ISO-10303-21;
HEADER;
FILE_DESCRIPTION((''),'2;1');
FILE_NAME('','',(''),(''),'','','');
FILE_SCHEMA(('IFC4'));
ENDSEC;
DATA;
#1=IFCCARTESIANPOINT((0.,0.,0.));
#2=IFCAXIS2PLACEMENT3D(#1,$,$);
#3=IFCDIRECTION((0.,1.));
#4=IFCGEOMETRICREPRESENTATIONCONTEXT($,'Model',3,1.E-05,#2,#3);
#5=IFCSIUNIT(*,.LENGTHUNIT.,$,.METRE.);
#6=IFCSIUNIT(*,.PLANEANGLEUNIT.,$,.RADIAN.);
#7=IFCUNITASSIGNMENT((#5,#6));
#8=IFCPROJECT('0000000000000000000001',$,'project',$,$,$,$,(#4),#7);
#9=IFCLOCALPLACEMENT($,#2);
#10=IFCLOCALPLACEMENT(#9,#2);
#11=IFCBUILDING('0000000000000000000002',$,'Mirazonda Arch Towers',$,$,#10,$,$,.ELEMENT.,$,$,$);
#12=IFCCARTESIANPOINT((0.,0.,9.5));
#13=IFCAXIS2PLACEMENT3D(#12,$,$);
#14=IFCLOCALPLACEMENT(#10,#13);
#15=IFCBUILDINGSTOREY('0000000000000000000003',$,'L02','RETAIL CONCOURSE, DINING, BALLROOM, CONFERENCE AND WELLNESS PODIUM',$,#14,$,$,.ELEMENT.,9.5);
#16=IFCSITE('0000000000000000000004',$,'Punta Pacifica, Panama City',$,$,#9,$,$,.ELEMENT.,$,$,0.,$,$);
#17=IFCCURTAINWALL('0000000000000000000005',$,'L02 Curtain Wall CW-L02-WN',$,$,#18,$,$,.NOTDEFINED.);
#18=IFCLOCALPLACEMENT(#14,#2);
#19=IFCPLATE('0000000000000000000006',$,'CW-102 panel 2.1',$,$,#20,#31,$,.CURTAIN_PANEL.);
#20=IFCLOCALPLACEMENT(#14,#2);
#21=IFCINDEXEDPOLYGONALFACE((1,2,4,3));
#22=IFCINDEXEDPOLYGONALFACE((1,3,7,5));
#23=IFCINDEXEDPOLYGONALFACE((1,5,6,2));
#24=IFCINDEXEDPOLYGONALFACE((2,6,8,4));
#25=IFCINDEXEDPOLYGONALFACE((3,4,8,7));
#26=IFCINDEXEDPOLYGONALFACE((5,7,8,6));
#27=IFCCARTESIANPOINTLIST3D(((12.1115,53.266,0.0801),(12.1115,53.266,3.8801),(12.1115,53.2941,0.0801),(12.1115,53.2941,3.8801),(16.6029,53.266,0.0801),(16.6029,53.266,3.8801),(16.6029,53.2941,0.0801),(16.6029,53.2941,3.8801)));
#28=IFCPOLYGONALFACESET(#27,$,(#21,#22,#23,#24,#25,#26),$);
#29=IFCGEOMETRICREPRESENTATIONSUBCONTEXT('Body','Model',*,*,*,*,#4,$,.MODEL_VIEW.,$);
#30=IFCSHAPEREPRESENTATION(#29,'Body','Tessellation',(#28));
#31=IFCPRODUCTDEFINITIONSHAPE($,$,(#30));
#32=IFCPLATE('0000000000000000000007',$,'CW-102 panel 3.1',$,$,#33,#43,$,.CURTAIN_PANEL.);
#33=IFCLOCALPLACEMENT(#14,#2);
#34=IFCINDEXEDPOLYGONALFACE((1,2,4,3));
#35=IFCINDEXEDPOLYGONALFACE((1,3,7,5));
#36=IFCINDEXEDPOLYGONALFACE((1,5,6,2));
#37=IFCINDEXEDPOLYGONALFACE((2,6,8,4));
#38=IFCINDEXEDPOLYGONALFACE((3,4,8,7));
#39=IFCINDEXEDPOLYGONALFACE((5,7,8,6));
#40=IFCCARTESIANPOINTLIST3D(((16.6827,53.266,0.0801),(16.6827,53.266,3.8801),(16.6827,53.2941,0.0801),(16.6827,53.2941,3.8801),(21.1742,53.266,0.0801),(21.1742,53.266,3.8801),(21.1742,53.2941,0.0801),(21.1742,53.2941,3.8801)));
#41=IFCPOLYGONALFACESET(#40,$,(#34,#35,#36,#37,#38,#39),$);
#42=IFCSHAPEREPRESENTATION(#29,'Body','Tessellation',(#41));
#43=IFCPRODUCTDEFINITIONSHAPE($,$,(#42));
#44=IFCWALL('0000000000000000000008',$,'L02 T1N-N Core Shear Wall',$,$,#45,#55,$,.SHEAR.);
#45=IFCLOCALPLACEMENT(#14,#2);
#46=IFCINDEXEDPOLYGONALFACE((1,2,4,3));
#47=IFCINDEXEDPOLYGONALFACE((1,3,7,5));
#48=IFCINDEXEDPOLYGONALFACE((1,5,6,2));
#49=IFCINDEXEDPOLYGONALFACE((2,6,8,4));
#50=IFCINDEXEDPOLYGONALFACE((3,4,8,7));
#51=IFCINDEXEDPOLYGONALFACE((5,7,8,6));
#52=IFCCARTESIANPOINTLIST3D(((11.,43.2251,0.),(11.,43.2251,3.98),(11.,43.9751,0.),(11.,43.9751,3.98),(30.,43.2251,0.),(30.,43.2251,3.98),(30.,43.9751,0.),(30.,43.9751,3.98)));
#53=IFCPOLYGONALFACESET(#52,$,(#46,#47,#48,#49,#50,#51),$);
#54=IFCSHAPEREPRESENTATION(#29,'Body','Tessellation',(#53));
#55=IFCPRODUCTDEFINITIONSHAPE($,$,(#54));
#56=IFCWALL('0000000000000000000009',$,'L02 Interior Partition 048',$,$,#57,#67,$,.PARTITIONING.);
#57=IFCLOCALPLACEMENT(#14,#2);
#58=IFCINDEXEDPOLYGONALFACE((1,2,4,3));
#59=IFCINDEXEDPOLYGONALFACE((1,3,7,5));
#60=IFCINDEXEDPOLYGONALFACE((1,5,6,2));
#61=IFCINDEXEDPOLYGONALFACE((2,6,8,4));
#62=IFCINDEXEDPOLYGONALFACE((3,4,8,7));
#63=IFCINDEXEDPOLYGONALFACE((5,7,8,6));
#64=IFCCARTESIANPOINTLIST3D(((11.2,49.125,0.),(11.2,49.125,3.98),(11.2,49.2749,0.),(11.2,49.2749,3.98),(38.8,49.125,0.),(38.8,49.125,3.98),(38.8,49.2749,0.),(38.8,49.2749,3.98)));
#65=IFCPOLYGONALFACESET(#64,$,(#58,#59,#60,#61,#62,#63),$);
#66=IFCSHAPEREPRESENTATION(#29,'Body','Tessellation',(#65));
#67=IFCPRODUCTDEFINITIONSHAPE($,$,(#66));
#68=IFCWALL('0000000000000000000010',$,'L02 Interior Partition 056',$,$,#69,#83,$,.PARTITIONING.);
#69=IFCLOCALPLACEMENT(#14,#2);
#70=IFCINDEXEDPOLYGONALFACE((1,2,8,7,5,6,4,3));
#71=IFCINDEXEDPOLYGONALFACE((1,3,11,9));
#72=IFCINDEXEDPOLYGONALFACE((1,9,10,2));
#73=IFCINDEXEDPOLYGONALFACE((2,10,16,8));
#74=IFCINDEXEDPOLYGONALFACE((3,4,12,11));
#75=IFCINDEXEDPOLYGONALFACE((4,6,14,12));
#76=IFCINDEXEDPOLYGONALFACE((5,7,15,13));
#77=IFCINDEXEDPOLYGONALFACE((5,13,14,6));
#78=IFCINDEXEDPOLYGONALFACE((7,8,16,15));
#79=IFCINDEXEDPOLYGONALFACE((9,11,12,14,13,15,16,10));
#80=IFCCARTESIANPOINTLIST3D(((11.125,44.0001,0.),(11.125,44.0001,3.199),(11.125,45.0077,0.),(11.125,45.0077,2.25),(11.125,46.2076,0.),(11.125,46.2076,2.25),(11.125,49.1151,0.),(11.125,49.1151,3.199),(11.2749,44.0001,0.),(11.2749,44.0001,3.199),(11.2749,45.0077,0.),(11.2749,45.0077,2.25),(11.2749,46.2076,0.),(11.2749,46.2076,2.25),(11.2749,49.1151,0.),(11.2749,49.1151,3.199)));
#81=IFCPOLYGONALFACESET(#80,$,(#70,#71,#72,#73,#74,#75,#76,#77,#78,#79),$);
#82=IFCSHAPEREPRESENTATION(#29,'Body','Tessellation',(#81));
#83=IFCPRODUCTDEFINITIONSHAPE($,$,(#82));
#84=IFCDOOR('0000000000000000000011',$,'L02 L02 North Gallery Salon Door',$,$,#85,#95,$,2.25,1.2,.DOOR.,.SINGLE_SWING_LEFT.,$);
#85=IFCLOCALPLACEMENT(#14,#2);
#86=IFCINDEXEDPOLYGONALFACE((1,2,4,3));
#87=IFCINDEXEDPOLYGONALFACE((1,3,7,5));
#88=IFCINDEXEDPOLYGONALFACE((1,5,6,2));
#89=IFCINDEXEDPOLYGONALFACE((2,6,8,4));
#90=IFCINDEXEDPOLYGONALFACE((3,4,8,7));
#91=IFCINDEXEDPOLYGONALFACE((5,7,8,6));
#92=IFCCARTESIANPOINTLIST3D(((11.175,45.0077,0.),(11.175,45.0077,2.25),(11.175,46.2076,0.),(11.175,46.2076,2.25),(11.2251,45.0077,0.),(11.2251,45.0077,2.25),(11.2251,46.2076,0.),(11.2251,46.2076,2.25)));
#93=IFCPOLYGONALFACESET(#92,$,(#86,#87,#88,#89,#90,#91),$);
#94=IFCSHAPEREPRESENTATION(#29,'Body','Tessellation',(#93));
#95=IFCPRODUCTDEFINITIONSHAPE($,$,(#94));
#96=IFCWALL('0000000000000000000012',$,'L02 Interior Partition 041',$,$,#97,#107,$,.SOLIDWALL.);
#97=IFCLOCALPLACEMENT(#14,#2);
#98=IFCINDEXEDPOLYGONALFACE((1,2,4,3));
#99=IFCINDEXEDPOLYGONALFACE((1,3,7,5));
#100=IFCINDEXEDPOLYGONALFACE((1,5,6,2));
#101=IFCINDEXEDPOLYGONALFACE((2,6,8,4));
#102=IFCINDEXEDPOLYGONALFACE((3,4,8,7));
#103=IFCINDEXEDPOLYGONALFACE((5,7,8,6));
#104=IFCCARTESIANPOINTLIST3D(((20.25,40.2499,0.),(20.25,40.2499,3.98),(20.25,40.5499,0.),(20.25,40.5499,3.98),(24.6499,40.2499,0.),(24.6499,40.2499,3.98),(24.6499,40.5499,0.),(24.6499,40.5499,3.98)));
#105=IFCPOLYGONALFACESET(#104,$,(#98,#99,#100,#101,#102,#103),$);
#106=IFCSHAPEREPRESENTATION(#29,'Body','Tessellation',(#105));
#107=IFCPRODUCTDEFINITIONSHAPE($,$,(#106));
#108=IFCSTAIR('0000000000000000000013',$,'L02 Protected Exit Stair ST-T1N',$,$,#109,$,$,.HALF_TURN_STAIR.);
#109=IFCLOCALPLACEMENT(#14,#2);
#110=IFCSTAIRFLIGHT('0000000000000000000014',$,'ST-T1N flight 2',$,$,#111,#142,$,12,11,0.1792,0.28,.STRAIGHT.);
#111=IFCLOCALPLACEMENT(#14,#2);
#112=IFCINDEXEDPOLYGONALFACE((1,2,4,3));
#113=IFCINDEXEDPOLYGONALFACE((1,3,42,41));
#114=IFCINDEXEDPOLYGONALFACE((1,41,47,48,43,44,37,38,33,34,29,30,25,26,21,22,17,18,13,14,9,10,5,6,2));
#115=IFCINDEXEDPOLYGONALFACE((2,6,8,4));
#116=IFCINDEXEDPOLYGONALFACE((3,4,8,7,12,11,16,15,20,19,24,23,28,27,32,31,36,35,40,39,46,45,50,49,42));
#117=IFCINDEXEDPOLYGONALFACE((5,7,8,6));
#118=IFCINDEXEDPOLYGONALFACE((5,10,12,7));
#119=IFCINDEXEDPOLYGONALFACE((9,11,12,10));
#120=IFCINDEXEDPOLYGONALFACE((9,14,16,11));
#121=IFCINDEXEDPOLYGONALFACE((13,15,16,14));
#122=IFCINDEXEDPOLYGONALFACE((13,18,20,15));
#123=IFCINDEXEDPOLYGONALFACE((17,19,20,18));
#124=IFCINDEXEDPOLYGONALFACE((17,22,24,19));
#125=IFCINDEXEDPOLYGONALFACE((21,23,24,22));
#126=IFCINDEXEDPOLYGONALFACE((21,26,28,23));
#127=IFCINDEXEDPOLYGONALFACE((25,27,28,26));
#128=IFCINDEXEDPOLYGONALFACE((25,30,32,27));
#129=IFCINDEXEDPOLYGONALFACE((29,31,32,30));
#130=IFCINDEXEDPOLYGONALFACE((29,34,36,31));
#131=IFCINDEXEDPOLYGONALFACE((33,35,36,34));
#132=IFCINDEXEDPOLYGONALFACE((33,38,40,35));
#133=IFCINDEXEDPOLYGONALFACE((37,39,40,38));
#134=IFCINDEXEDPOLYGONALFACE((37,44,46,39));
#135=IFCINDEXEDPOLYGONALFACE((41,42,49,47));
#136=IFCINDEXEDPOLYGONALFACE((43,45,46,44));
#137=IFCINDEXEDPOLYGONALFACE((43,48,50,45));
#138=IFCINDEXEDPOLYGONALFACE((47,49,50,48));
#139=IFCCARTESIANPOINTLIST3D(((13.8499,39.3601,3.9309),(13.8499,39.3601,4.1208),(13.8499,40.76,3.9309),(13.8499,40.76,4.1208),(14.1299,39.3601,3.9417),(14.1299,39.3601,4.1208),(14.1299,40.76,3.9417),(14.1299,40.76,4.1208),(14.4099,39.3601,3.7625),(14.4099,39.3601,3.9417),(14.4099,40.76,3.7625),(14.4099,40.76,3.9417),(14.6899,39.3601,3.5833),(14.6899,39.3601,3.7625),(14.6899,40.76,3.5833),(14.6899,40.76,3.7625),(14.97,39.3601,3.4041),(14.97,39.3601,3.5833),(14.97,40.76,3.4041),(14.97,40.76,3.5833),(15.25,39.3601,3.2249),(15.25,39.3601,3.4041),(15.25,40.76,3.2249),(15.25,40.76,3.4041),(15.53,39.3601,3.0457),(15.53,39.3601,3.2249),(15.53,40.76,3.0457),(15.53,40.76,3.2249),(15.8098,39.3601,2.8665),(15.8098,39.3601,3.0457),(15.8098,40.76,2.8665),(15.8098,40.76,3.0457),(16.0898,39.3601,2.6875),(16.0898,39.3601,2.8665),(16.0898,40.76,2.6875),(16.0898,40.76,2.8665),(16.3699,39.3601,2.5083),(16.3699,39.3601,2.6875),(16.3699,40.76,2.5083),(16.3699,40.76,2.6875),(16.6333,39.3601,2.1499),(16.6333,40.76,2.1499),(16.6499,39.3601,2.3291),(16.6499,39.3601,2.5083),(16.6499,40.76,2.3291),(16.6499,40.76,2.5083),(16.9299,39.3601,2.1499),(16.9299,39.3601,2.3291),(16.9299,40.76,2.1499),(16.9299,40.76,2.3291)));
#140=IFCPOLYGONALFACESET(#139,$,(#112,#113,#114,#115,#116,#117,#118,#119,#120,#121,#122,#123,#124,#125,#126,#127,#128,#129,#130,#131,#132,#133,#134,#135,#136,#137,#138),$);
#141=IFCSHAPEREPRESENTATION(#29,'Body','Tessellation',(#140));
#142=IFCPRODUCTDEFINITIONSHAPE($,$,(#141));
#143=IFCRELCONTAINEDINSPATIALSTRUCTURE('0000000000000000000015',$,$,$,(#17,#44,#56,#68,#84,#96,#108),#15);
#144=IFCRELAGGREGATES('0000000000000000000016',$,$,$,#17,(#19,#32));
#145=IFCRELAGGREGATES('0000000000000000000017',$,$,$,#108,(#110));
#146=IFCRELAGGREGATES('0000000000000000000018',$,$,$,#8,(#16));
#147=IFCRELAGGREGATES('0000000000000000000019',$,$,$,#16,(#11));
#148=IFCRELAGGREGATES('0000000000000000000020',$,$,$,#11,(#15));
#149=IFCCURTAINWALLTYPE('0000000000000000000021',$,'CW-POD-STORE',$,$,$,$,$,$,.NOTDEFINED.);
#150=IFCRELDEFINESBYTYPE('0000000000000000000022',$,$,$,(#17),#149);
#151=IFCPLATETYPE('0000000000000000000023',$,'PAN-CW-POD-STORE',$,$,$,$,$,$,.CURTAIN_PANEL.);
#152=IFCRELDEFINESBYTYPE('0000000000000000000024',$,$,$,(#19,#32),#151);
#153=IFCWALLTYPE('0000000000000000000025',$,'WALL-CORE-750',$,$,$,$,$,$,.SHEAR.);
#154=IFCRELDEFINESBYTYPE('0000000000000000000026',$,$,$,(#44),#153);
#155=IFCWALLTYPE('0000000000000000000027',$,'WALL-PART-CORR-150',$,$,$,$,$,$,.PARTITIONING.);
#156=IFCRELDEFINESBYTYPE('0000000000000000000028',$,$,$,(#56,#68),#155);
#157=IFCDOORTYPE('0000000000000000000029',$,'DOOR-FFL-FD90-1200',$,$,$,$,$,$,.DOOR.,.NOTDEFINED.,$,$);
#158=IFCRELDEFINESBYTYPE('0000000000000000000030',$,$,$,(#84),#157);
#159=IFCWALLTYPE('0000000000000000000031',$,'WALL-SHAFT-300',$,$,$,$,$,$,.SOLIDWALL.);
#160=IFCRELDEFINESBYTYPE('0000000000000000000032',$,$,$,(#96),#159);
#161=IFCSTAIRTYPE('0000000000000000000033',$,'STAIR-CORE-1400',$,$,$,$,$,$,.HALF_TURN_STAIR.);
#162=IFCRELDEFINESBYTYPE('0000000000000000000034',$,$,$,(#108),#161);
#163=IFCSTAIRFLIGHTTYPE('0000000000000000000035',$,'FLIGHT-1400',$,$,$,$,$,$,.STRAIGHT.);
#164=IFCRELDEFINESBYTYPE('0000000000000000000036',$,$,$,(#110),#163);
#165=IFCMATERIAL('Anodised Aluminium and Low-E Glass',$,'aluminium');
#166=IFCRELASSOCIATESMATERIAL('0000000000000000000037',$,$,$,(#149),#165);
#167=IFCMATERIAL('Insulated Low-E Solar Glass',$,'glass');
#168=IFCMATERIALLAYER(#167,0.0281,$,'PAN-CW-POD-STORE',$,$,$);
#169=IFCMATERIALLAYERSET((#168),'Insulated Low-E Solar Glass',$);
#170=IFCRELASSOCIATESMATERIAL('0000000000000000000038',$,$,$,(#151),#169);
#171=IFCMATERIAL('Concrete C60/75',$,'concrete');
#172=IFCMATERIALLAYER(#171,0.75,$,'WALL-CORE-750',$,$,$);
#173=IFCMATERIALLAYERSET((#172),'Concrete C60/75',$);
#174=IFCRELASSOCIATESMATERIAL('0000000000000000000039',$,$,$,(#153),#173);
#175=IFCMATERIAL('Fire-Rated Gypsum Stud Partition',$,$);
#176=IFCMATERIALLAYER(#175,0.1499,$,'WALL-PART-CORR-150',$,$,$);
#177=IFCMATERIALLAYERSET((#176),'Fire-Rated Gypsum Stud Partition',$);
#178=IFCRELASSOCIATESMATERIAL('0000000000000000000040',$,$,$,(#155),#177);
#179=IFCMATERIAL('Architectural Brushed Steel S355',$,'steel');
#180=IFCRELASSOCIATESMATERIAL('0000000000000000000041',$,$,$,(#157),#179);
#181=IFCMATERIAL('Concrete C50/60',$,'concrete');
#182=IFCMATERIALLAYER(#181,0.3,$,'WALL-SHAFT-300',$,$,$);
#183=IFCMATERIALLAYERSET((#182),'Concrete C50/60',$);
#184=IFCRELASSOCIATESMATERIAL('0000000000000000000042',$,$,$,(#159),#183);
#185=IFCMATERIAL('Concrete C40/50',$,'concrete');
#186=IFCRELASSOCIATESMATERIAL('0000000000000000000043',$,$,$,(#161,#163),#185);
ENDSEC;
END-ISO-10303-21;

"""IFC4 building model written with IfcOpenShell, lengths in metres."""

from ifc_helpers import new_model, si_unit, direction, frame, frame_2d, origin, origin_2d, place, context, subcontext, project, spatial, polyline, rectangle, outline, extrude, material, layer, layer_set, type_object, element, fill, aggregate, save


model = new_model("IFC4")

# Units and contexts
model_context = context("Model", 3, precision=1e-05, world=origin(), true_north=direction((0.0, 1.0)))
body_context = subcontext(model_context, "Body", "Model", "MODEL_VIEW")
ifc_project = project(units=[si_unit("LENGTHUNIT", "METRE"), si_unit("PLANEANGLEUNIT", "RADIAN")], contexts=[model_context])

# Site, building, storey
site_placement = place(None, origin())
site = spatial("IfcSite", under=ifc_project, at=site_placement, Name="Punta Pacifica, Panama City", CompositionType="ELEMENT", RefElevation=0.0)
building_placement = place(site_placement, origin())
building = spatial("IfcBuilding", under=site, at=building_placement, Name="Mirazonda Arch Towers", CompositionType="ELEMENT")
storey_placement = place(building_placement, frame((0.0, 0.0, 9.5)))
storey = spatial("IfcBuildingStorey", under=building, at=storey_placement, Name="L02", Description="RETAIL CONCOURSE, DINING, BALLROOM, CONFERENCE AND WELLNESS PODIUM", CompositionType="ELEMENT", Elevation=9.5)

# Shared definitions
ifc_material_1 = material(Name="Concrete C60/75", Category="concrete")
ifc_material_2 = material(Name="Concrete C50/60", Category="concrete")

# Curtain wall, plates
ifc_material_3 = material(Name="Anodised Aluminium and Low-E Glass", Category="aluminium")
curtain_wall_type = type_object("IfcCurtainWallType", Name="CW-POD-STORE", PredefinedType="NOTDEFINED", material=ifc_material_3)
curtain_wall_placement = place(storey_placement, origin())
curtain_wall = element("IfcCurtainWall", 1, at=curtain_wall_placement, inside=storey, type_object=curtain_wall_type, Name="L02 Curtain Wall CW-L02-WN", PredefinedType="NOTDEFINED")
ifc_material_4 = material(Name="Insulated Low-E Solar Glass", Category="glass")
ifc_layer_1 = layer(ifc_material_4, 0.0281, Name="PAN-CW-POD-STORE")
ifc_layer_set_1 = layer_set([ifc_layer_1], Name="Insulated Low-E Solar Glass")
plate_type = type_object("IfcPlateType", Name="PAN-CW-POD-STORE", PredefinedType="CURTAIN_PANEL", material=ifc_layer_set_1)
plate_1_placement = place(storey_placement, frame((14.3572, 53.28, 0.0801), z_axis=(0.0, 0.0, 1.0), x_axis=(1.0, 0.0, 0.0)))
plate_1 = element("IfcPlate", 2, at=plate_1_placement, type_object=plate_type, Name="CW-102 panel 2.1", PredefinedType="CURTAIN_PANEL", context=body_context, shape_type="SweptSolid", body=[
    extrude(rectangle(XDim=4.4915, YDim=0.0281, at=origin_2d()), origin(), (0.0, 0.0, 1.0), 3.8),
])
plate_2_placement = place(storey_placement, frame((18.9285, 53.28, 0.0801), z_axis=(0.0, 0.0, 1.0), x_axis=(1.0, 0.0, 0.0)))
plate_2 = element("IfcPlate", 3, at=plate_2_placement, type_object=plate_type, Name="CW-102 panel 3.1", PredefinedType="CURTAIN_PANEL", context=body_context, shape_type="SweptSolid", body=[
    extrude(rectangle(XDim=4.4915, YDim=0.0281, at=origin_2d()), origin(), (0.0, 0.0, 1.0), 3.8),
])
aggregate(curtain_wall, [plate_1, plate_2])

# Walls
ifc_layer_2 = layer(ifc_material_1, 0.75, Name="WALL-CORE-750")
ifc_layer_set_2 = layer_set([ifc_layer_2], Name="Concrete C60/75")
wall_type_1 = type_object("IfcWallType", Name="WALL-CORE-750", PredefinedType="SHEAR", material=ifc_layer_set_2)
wall_1_placement = place(storey_placement, frame((11.0, 43.6001, 0.0), z_axis=(0.0, 0.0, 1.0), x_axis=(1.0, 0.0, 0.0)))
element("IfcWall", 4, at=wall_1_placement, inside=storey, type_object=wall_type_1, Name="L02 T1N-N Core Shear Wall", PredefinedType="SHEAR", context=body_context, shape_type="SweptSolid", body=[
    extrude(rectangle(XDim=19.0, YDim=0.75, at=frame_2d((9.5, 0.0))), origin(), (0.0, 0.0, 1.0), 3.98),
])
ifc_material_5 = material(Name="Fire-Rated Gypsum Stud Partition")
ifc_layer_3 = layer(ifc_material_5, 0.1499, Name="WALL-PART-CORR-150")
ifc_layer_set_3 = layer_set([ifc_layer_3], Name="Fire-Rated Gypsum Stud Partition")
wall_type_2 = type_object("IfcWallType", Name="WALL-PART-CORR-150", PredefinedType="PARTITIONING", material=ifc_layer_set_3)
wall_2_placement = place(storey_placement, frame((11.2, 49.2, 0.0), z_axis=(0.0, 0.0, 1.0), x_axis=(1.0, 0.0, 0.0)))
element("IfcWall", 5, at=wall_2_placement, inside=storey, type_object=wall_type_2, Name="L02 Interior Partition 048", PredefinedType="PARTITIONING", context=body_context, shape_type="SweptSolid", body=[
    extrude(rectangle(XDim=27.6001, YDim=0.1499, at=frame_2d((13.8, 0.0))), origin(), (0.0, 0.0, 1.0), 3.98),
])

# Wall, opening, door
wall_3_placement = place(storey_placement, frame((11.2, 44.0, 0.0), z_axis=(0.0, 0.0, 1.0), x_axis=(0.0, 1.0, 0.0)))
wall_3 = element("IfcWall", 6, at=wall_3_placement, inside=storey, type_object=wall_type_2, Name="L02 Interior Partition 056", PredefinedType="PARTITIONING", context=body_context, shape_type="SweptSolid", body=[
    extrude(rectangle(XDim=5.115, YDim=0.1499, at=frame_2d((2.5576, 0.0))), origin(), (0.0, 0.0, 1.0), 3.199),
])
opening_placement = place(wall_3_placement, frame((1.0076, 0.0, 0.0)))
opening = element("IfcOpeningElement", 7, at=opening_placement, cuts=wall_3, PredefinedType="OPENING", context=body_context, shape_type="SweptSolid", body=[
    extrude(rectangle(XDim=1.2, YDim=2.25, at=frame_2d((0.6001, 1.125))), frame((0.0, 0.085, 0.0), z_axis=(0.0, -1.0, 0.0), x_axis=(1.0, 0.0, 0.0)), (0.0, 0.0, 1.0), 0.1699),
])
ifc_material_6 = material(Name="Architectural Brushed Steel S355", Category="steel")
door_type = type_object("IfcDoorType", Name="DOOR-FFL-FD90-1200", OperationType="NOTDEFINED", PredefinedType="DOOR", material=ifc_material_6)
door_placement = place(opening_placement, origin())
door = element("IfcDoor", 8, at=door_placement, inside=storey, type_object=door_type, Name="L02 L02 North Gallery Salon Door", OperationType="SINGLE_SWING_LEFT", OverallHeight=2.25, OverallWidth=1.2, PredefinedType="DOOR", context=body_context, shape_type="SweptSolid", body=[
    extrude(rectangle(XDim=1.2, YDim=2.25, at=frame_2d((0.6001, 1.125))), frame((0.0, 0.0249, 0.0), z_axis=(0.0, -1.0, 0.0), x_axis=(1.0, 0.0, 0.0)), (0.0, 0.0, 1.0), 0.05),
])
fill(opening, door)

# Wall
ifc_layer_4 = layer(ifc_material_2, 0.3, Name="WALL-SHAFT-300")
ifc_layer_set_4 = layer_set([ifc_layer_4], Name="Concrete C50/60")
wall_type_3 = type_object("IfcWallType", Name="WALL-SHAFT-300", PredefinedType="SOLIDWALL", material=ifc_layer_set_4)
wall_4_placement = place(storey_placement, frame((20.25, 40.3999, 0.0), z_axis=(0.0, 0.0, 1.0), x_axis=(1.0, 0.0, 0.0)))
element("IfcWall", 9, at=wall_4_placement, inside=storey, type_object=wall_type_3, Name="L02 Interior Partition 041", PredefinedType="SOLIDWALL", context=body_context, shape_type="SweptSolid", body=[
    extrude(rectangle(XDim=4.3999, YDim=0.3, at=frame_2d((2.2, 0.0))), origin(), (0.0, 0.0, 1.0), 3.98),
])

# Stair, stair flight
ifc_material_7 = material(Name="Concrete C40/50", Category="concrete")
stair_type = type_object("IfcStairType", Name="STAIR-CORE-1400", PredefinedType="HALF_TURN_STAIR", material=ifc_material_7)
stair_placement = place(storey_placement, origin())
stair = element("IfcStair", 10, at=stair_placement, inside=storey, type_object=stair_type, Name="L02 Protected Exit Stair ST-T1N", PredefinedType="HALF_TURN_STAIR")
stair_flight_type = type_object("IfcStairFlightType", Name="FLIGHT-1400", PredefinedType="STRAIGHT", material=ifc_material_7)
stair_flight_placement = place(storey_placement, frame((16.9299, 40.0601, 2.1499), z_axis=(0.0, 0.0, 1.0), x_axis=(-1.0, 0.0, 0.0)))
stair_flight = element("IfcStairFlight", 11, at=stair_flight_placement, type_object=stair_flight_type, Name="ST-T1N flight 2", NumberOfRisers=12, NumberOfTreads=11, PredefinedType="STRAIGHT", RiserHeight=0.1792, TreadLength=0.28, context=body_context, shape_type="SweptSolid", body=[
    extrude(outline(polyline([(0.0, 0.0), (0.0, 0.1792), (0.28, 0.1792), (0.28, 0.3584), (0.5601, 0.3584), (0.5601, 0.5376), (0.8401, 0.5376), (0.8401, 0.7166), (1.1201, 0.7166), (1.1201, 0.8958), (1.3999, 0.8958), (1.3999, 1.075), (1.6799, 1.075), (1.6799, 1.2542), (1.96, 1.2542), (1.96, 1.4333), (2.24, 1.4333), (2.24, 1.6125), (2.52, 1.6125), (2.52, 1.7917), (2.8, 1.7917), (2.8, 1.9709), (3.0801, 1.9709), (3.0801, 2.1499), (3.0801, 1.781), (0.2966, 0.0), (0.0, 0.0)])), frame((0.0, 0.7, 0.0), z_axis=(0.0, -1.0, 0.0), x_axis=(1.0, 0.0, 0.0)), (0.0, 0.0, 1.0), 1.3999),
])
aggregate(stair, [stair_flight])

save(model, "model.ifc")
